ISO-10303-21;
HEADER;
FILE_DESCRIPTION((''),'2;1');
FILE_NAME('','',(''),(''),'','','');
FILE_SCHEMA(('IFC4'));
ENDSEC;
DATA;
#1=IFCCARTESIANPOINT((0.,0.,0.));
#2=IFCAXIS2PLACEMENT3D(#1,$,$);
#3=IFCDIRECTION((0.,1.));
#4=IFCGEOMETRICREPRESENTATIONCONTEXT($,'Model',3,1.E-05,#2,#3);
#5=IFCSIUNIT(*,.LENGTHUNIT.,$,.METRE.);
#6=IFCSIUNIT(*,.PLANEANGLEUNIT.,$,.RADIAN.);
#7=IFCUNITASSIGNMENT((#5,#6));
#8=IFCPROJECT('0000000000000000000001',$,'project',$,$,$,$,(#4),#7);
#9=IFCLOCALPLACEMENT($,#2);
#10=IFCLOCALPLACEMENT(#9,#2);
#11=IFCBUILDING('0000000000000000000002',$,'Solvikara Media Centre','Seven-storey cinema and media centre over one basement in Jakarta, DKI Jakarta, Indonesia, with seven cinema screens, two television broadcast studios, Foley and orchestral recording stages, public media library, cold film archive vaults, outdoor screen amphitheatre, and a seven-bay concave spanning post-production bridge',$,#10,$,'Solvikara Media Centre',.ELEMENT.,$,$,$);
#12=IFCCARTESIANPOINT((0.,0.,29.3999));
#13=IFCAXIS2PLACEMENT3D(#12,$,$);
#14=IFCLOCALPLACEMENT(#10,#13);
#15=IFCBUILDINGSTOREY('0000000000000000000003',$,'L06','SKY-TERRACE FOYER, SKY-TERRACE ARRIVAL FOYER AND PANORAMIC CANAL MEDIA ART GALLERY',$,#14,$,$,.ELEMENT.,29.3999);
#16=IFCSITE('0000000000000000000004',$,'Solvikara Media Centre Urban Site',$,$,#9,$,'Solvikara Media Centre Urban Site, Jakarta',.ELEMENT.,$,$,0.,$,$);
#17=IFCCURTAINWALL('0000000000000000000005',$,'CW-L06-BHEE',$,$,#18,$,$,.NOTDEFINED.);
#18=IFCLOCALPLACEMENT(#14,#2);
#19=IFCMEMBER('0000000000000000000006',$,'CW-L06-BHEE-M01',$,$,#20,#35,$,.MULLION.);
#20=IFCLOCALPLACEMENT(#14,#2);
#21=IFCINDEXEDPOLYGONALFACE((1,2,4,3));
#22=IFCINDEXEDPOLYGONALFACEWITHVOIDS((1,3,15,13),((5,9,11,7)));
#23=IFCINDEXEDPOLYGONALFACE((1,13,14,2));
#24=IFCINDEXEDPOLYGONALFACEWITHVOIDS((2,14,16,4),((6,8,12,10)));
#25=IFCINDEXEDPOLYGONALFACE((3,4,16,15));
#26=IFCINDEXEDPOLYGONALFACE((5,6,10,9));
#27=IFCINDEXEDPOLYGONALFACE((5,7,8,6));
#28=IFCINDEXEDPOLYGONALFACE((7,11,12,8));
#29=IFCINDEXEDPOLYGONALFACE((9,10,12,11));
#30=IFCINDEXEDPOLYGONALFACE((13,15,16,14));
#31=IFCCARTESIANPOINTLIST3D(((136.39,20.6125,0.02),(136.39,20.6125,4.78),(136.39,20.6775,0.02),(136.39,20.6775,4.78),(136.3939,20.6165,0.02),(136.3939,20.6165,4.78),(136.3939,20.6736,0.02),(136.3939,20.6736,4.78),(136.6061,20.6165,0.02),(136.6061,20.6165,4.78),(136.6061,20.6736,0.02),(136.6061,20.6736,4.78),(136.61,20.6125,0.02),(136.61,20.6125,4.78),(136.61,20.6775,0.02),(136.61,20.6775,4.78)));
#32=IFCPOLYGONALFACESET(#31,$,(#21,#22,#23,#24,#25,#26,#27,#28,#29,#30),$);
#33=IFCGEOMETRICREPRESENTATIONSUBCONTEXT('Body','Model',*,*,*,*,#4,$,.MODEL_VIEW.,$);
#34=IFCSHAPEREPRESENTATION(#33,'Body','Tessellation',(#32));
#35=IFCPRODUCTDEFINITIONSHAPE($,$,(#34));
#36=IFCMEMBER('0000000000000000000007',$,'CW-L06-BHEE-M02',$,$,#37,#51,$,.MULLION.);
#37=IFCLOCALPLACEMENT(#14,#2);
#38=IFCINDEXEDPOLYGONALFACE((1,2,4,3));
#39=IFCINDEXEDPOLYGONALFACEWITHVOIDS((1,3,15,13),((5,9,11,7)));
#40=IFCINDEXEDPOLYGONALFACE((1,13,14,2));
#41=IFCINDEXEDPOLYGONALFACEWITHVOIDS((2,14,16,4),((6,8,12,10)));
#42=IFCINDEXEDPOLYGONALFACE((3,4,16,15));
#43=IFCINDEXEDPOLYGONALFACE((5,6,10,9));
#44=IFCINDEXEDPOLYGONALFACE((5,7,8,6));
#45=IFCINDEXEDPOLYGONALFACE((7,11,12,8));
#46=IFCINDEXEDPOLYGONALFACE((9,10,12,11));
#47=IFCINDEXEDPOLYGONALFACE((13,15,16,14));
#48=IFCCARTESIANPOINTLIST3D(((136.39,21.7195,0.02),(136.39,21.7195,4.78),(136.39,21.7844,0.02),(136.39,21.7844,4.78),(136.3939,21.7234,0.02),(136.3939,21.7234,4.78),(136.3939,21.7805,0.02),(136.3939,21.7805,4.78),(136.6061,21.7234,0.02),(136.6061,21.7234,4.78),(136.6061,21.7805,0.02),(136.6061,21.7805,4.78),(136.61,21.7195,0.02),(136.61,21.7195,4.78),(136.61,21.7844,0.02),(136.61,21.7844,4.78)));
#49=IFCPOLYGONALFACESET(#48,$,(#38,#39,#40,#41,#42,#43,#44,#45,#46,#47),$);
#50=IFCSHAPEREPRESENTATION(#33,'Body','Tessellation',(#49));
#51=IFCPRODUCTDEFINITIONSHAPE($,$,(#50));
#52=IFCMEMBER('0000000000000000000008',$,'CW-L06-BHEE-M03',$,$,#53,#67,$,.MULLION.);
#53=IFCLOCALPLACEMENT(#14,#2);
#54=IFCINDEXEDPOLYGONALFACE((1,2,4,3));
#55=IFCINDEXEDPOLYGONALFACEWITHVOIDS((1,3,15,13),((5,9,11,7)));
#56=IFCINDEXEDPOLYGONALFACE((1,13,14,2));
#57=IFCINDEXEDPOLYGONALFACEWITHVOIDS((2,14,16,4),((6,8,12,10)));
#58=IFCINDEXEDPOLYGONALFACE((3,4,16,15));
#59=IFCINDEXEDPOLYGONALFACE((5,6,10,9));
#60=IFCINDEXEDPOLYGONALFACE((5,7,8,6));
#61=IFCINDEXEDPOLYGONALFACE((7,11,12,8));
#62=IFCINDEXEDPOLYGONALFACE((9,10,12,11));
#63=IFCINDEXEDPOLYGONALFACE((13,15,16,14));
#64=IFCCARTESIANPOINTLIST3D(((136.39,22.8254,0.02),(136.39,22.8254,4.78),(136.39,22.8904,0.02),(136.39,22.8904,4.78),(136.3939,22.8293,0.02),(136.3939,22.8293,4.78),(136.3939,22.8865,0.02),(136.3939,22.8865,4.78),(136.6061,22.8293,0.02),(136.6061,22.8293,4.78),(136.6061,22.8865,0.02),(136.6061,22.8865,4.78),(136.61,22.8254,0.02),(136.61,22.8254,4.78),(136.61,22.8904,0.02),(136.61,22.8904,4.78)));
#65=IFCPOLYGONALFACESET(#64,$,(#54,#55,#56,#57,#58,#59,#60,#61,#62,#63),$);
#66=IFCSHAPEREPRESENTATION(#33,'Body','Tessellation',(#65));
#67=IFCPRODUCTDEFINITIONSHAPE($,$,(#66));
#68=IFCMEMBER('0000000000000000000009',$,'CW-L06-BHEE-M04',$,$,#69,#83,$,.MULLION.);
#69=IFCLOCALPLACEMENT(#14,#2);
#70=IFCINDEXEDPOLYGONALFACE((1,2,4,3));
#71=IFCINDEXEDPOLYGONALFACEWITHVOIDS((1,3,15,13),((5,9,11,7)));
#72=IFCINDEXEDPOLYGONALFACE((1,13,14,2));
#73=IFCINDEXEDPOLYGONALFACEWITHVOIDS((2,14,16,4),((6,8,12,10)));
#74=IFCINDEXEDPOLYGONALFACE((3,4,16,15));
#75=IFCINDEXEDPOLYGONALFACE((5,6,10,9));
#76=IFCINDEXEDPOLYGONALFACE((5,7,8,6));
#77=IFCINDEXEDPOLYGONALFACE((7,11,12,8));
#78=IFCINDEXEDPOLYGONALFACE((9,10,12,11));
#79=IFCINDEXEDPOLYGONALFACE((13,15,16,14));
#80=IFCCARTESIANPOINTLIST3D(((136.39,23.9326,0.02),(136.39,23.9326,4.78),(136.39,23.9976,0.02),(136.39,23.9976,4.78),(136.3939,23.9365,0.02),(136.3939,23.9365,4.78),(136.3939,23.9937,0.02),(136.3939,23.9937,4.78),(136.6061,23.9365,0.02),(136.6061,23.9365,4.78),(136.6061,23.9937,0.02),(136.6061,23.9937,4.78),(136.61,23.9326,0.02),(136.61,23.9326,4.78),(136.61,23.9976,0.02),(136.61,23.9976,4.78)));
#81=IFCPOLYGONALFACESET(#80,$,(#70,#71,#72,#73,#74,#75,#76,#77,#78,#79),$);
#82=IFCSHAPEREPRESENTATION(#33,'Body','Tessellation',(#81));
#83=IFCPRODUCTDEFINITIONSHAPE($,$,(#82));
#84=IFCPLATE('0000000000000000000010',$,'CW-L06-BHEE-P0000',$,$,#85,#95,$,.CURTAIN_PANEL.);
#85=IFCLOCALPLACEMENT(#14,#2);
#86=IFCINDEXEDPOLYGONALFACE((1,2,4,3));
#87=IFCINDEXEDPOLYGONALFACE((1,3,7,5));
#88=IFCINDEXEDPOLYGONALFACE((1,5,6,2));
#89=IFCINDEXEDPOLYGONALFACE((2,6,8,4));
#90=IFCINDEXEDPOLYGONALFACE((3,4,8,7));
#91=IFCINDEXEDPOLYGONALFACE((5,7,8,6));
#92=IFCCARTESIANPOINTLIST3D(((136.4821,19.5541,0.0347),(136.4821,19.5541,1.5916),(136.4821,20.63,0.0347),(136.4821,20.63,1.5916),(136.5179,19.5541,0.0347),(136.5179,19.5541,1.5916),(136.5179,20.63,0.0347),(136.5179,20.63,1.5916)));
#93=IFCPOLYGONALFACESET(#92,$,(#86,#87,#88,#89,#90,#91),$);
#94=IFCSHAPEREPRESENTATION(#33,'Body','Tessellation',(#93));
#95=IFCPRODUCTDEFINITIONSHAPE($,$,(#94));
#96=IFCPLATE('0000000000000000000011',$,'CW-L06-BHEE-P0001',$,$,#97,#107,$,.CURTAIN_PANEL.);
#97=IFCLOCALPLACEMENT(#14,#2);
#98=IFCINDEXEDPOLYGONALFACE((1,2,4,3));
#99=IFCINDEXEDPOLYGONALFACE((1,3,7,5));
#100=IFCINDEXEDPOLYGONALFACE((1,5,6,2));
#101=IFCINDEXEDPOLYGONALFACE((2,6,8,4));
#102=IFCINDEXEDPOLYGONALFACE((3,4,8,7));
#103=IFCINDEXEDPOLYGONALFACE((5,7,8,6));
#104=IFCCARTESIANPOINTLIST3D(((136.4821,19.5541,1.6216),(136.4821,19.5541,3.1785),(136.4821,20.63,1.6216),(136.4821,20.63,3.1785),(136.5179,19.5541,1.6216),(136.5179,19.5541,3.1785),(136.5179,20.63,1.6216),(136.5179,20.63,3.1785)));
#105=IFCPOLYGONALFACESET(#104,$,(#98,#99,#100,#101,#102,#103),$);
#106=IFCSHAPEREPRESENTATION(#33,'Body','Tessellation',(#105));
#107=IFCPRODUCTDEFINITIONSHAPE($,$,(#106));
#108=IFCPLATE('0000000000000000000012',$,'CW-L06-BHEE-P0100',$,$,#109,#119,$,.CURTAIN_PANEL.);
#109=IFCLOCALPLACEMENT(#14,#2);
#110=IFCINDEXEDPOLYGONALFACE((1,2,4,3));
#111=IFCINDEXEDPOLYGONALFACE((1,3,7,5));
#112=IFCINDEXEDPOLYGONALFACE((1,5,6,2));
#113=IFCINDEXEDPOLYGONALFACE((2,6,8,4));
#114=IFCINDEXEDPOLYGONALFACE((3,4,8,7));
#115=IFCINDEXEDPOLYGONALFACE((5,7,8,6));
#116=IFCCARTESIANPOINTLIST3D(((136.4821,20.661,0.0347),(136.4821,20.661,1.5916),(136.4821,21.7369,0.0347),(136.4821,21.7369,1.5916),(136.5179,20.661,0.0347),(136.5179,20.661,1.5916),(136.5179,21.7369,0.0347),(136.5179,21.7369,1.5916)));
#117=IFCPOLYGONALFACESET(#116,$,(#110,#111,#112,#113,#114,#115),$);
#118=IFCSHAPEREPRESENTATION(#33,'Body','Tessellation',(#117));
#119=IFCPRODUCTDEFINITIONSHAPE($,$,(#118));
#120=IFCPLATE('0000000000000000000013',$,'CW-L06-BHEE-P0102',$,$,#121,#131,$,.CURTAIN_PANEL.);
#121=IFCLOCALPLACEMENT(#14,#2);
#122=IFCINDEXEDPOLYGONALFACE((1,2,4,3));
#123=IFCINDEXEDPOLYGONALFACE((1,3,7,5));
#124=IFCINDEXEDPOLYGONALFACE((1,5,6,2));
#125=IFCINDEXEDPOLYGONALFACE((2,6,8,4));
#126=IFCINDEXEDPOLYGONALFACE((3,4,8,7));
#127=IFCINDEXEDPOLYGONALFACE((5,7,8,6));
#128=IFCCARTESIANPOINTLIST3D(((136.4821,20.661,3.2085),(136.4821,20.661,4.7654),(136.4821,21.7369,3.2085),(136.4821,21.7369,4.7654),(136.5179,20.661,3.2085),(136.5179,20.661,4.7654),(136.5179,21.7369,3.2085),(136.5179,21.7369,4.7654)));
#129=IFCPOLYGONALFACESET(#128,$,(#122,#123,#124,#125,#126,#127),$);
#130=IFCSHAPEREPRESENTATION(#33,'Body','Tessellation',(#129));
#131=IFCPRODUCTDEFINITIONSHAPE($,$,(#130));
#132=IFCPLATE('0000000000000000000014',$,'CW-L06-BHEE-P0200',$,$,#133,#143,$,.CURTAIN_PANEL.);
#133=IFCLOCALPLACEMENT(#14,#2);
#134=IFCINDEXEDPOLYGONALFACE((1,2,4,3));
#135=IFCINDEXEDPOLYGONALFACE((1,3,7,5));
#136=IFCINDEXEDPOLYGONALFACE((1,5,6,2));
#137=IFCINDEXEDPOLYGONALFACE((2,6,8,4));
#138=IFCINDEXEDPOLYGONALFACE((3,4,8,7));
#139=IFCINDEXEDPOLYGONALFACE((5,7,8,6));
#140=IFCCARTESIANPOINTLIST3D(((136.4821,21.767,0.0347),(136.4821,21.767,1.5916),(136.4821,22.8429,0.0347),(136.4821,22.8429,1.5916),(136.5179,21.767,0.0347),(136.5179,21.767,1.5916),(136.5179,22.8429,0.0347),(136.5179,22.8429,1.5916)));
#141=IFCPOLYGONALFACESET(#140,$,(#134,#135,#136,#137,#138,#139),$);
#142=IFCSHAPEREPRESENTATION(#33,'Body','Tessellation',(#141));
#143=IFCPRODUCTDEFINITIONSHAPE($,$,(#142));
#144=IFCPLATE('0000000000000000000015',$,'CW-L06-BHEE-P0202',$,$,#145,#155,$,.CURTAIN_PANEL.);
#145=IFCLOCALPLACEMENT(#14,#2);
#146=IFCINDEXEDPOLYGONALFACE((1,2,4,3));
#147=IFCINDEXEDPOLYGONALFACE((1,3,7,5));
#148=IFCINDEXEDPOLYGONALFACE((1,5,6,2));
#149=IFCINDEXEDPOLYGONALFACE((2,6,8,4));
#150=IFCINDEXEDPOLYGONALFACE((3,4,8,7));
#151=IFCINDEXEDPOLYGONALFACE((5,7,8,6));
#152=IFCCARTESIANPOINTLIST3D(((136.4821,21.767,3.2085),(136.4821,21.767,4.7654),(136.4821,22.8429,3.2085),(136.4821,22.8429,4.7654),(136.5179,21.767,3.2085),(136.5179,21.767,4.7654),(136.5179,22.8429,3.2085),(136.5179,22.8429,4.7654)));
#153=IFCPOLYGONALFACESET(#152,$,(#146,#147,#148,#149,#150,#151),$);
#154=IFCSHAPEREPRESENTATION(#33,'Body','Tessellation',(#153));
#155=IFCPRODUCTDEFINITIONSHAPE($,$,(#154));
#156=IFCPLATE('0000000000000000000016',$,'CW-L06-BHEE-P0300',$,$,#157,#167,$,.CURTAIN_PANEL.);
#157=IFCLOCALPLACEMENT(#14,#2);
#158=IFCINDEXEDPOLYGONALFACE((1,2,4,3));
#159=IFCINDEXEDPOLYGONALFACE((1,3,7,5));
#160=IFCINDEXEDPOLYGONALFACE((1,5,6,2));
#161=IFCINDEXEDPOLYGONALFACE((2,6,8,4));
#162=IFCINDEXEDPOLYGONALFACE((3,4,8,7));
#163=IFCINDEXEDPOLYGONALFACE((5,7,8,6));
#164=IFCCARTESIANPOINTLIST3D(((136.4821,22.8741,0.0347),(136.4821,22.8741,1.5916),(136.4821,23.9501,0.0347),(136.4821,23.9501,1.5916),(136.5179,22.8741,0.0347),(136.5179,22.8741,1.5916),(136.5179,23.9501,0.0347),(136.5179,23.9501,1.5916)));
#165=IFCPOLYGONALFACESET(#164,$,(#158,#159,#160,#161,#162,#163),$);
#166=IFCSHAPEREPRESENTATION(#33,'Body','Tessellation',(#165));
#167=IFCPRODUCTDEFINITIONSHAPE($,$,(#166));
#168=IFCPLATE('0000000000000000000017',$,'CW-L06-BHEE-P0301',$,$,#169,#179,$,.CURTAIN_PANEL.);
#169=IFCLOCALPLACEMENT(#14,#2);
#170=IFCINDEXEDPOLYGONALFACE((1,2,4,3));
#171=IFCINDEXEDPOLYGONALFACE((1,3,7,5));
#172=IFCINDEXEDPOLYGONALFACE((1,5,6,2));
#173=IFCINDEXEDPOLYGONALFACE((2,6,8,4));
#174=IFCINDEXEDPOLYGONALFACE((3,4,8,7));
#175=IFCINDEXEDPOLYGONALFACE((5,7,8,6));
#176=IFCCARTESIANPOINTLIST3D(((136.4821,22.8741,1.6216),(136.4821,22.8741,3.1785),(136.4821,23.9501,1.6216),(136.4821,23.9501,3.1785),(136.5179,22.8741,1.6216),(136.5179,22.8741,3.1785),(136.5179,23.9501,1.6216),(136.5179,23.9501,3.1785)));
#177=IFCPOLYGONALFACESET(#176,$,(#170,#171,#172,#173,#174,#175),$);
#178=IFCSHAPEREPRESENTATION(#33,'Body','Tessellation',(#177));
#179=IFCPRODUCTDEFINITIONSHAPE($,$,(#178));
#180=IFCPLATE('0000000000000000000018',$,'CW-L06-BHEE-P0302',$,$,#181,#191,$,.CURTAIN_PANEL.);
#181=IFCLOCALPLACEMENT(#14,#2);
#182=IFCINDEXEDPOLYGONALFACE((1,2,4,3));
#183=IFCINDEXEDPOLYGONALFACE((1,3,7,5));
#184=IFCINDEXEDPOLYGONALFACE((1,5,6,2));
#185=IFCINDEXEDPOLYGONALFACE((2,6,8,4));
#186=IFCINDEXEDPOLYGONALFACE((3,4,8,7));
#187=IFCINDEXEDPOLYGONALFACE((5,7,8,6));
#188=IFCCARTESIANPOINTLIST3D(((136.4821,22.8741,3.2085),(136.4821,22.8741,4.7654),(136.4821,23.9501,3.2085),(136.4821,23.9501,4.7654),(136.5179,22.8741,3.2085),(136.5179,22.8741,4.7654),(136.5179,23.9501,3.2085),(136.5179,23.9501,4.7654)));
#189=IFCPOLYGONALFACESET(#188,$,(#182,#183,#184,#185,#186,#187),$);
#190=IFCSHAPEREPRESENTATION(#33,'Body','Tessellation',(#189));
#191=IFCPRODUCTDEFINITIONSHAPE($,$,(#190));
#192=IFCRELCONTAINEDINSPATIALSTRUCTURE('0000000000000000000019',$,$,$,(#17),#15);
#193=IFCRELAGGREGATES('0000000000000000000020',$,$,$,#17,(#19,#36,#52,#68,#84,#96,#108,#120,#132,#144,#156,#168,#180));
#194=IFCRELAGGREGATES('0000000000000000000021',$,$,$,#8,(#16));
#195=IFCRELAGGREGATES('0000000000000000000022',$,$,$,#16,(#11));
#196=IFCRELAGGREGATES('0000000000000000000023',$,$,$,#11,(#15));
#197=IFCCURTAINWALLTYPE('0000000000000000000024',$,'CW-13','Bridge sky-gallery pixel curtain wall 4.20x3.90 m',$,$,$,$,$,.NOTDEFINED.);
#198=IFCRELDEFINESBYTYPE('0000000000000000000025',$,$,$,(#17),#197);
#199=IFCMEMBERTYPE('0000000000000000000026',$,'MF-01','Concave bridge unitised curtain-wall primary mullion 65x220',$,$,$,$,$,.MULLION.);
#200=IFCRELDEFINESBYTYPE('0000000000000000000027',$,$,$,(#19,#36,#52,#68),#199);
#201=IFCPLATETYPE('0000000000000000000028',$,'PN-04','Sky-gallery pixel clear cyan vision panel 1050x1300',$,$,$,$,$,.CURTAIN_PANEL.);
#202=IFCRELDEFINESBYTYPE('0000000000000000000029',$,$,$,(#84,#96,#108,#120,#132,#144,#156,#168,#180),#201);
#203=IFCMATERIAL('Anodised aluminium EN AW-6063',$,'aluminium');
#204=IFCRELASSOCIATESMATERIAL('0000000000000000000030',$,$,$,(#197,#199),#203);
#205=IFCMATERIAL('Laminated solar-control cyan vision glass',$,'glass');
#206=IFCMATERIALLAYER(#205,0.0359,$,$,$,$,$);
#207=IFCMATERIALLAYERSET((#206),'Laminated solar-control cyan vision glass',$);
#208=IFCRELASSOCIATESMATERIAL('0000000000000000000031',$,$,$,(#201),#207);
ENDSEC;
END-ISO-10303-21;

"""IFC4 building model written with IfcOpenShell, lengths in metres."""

from ifc_helpers import new_model, si_unit, direction, frame, origin, origin_2d, place, context, subcontext, project, spatial, rectangle, hollow_rectangle, extrude, material, layer, layer_set, material_profile, profile_set, type_object, element, aggregate, save


model = new_model("IFC4")

# Units and contexts
model_context = context("Model", 3, precision=1e-05, world=origin(), true_north=direction((0.0, 1.0)))
body_context = subcontext(model_context, "Body", "Model", "MODEL_VIEW")
ifc_project = project(units=[si_unit("LENGTHUNIT", "METRE"), si_unit("PLANEANGLEUNIT", "RADIAN")], contexts=[model_context])

# Site, building, storey
site_placement = place(None, origin())
site = spatial("IfcSite", under=ifc_project, at=site_placement, Name="Solvikara Media Centre Urban Site", LongName="Solvikara Media Centre Urban Site, Jakarta", CompositionType="ELEMENT", RefElevation=0.0)
building_placement = place(site_placement, origin())
building = spatial("IfcBuilding", under=site, at=building_placement, Name="Solvikara Media Centre", Description="Seven-storey cinema and media centre over one basement in Jakarta, DKI Jakarta, Indonesia, with seven cinema screens, two television broadcast studios, Foley and orchestral recording stages, public media library, cold film archive vaults, outdoor screen amphitheatre, and a seven-bay concave spanning post-production bridge", LongName="Solvikara Media Centre", CompositionType="ELEMENT")
storey_placement = place(building_placement, frame((0.0, 0.0, 29.3999)))
storey = spatial("IfcBuildingStorey", under=building, at=storey_placement, Name="L06", Description="SKY-TERRACE FOYER, SKY-TERRACE ARRIVAL FOYER AND PANORAMIC CANAL MEDIA ART GALLERY", CompositionType="ELEMENT", Elevation=29.3999)

# Curtain wall, members, plates
ifc_material_1 = material(Name="Anodised aluminium EN AW-6063", Category="aluminium")
curtain_wall_type = type_object("IfcCurtainWallType", Name="CW-13", Description="Bridge sky-gallery pixel curtain wall 4.20x3.90 m", PredefinedType="NOTDEFINED", material=ifc_material_1)
curtain_wall_placement = place(storey_placement, origin())
curtain_wall = element("IfcCurtainWall", 1, at=curtain_wall_placement, inside=storey, type_object=curtain_wall_type, Name="CW-L06-BHEE", PredefinedType="NOTDEFINED")
ifc_material_profile = material_profile(ifc_material_1, hollow_rectangle(XDim=0.0649, YDim=0.22, WallThickness=0.0039, at=origin_2d()), Name="ALU-M 65x220x4")
ifc_profile_set = profile_set([ifc_material_profile], Name="Anodised aluminium EN AW-6063")
member_type = type_object("IfcMemberType", Name="MF-01", Description="Concave bridge unitised curtain-wall primary mullion 65x220", PredefinedType="MULLION", material=ifc_profile_set)
member_1_placement = place(storey_placement, frame((136.5, 20.645, 0.02), z_axis=(0.0, 0.0, 1.0), x_axis=(0.0, 1.0, 0.0)))
member_1 = element("IfcMember", 2, at=member_1_placement, type_object=member_type, Name="CW-L06-BHEE-M01", PredefinedType="MULLION", context=body_context, shape_type="SweptSolid", body=[
    extrude(hollow_rectangle(XDim=0.0649, YDim=0.22, WallThickness=0.0039, at=origin_2d()), origin(), (0.0, 0.0, 1.0), 4.76),
])
member_2_placement = place(storey_placement, frame((136.5, 21.752, 0.02), z_axis=(0.0, 0.0, 1.0), x_axis=(0.0, 1.0, 0.0)))
member_2 = element("IfcMember", 3, at=member_2_placement, type_object=member_type, Name="CW-L06-BHEE-M02", PredefinedType="MULLION", context=body_context, shape_type="SweptSolid", body=[
    extrude(hollow_rectangle(XDim=0.0649, YDim=0.22, WallThickness=0.0039, at=origin_2d()), origin(), (0.0, 0.0, 1.0), 4.76),
])
member_3_placement = place(storey_placement, frame((136.5, 22.8579, 0.02), z_axis=(0.0, 0.0, 1.0), x_axis=(0.0, 1.0, 0.0)))
member_3 = element("IfcMember", 4, at=member_3_placement, type_object=member_type, Name="CW-L06-BHEE-M03", PredefinedType="MULLION", context=body_context, shape_type="SweptSolid", body=[
    extrude(hollow_rectangle(XDim=0.0649, YDim=0.22, WallThickness=0.0039, at=origin_2d()), origin(), (0.0, 0.0, 1.0), 4.76),
])
member_4_placement = place(storey_placement, frame((136.5, 23.9651, 0.02), z_axis=(0.0, 0.0, 1.0), x_axis=(0.0, 1.0, 0.0)))
member_4 = element("IfcMember", 5, at=member_4_placement, type_object=member_type, Name="CW-L06-BHEE-M04", PredefinedType="MULLION", context=body_context, shape_type="SweptSolid", body=[
    extrude(hollow_rectangle(XDim=0.0649, YDim=0.22, WallThickness=0.0039, at=origin_2d()), origin(), (0.0, 0.0, 1.0), 4.76),
])
ifc_material_2 = material(Name="Laminated solar-control cyan vision glass", Category="glass")
ifc_layer_1 = layer(ifc_material_2, 0.0359)
ifc_layer_set_1 = layer_set([ifc_layer_1], Name="Laminated solar-control cyan vision glass")
plate_type_1 = type_object("IfcPlateType", Name="PN-04", Description="Sky-gallery pixel clear cyan vision panel 1050x1300", PredefinedType="CURTAIN_PANEL", material=ifc_layer_set_1)
plate_1_placement = place(storey_placement, frame((136.5, 20.092, 0.0347), z_axis=(0.0, 0.0, 1.0), x_axis=(0.0, 1.0, 0.0)))
plate_1 = element("IfcPlate", 6, at=plate_1_placement, type_object=plate_type_1, Name="CW-L06-BHEE-P0000", PredefinedType="CURTAIN_PANEL", context=body_context, shape_type="SweptSolid", body=[
    extrude(rectangle(XDim=1.0759, YDim=0.0359, at=origin_2d()), origin(), (0.0, 0.0, 1.0), 1.5569),
])
plate_2_placement = place(storey_placement, frame((136.5, 20.092, 1.6216), z_axis=(0.0, 0.0, 1.0), x_axis=(0.0, 1.0, 0.0)))
plate_2 = element("IfcPlate", 7, at=plate_2_placement, type_object=plate_type_1, Name="CW-L06-BHEE-P0001", PredefinedType="CURTAIN_PANEL", context=body_context, shape_type="SweptSolid", body=[
    extrude(rectangle(XDim=1.0759, YDim=0.0359, at=origin_2d()), origin(), (0.0, 0.0, 1.0), 1.5569),
])
plate_3_placement = place(storey_placement, frame((136.5, 21.199, 0.0347), z_axis=(0.0, 0.0, 1.0), x_axis=(0.0, 1.0, 0.0)))
plate_3 = element("IfcPlate", 8, at=plate_3_placement, type_object=plate_type_1, Name="CW-L06-BHEE-P0100", PredefinedType="CURTAIN_PANEL", context=body_context, shape_type="SweptSolid", body=[
    extrude(rectangle(XDim=1.0759, YDim=0.0359, at=origin_2d()), origin(), (0.0, 0.0, 1.0), 1.5569),
])
plate_4_placement = place(storey_placement, frame((136.5, 21.199, 3.2085), z_axis=(0.0, 0.0, 1.0), x_axis=(0.0, 1.0, 0.0)))
plate_4 = element("IfcPlate", 9, at=plate_4_placement, type_object=plate_type_1, Name="CW-L06-BHEE-P0102", PredefinedType="CURTAIN_PANEL", context=body_context, shape_type="SweptSolid", body=[
    extrude(rectangle(XDim=1.0759, YDim=0.0359, at=origin_2d()), origin(), (0.0, 0.0, 1.0), 1.5569),
])
plate_5_placement = place(storey_placement, frame((136.5, 22.3049, 0.0347), z_axis=(0.0, 0.0, 1.0), x_axis=(0.0, 1.0, 0.0)))
plate_5 = element("IfcPlate", 10, at=plate_5_placement, type_object=plate_type_1, Name="CW-L06-BHEE-P0200", PredefinedType="CURTAIN_PANEL", context=body_context, shape_type="SweptSolid", body=[
    extrude(rectangle(XDim=1.0759, YDim=0.0359, at=origin_2d()), origin(), (0.0, 0.0, 1.0), 1.5569),
])
plate_6_placement = place(storey_placement, frame((136.5, 22.3049, 3.2085), z_axis=(0.0, 0.0, 1.0), x_axis=(0.0, 1.0, 0.0)))
plate_6 = element("IfcPlate", 11, at=plate_6_placement, type_object=plate_type_1, Name="CW-L06-BHEE-P0202", PredefinedType="CURTAIN_PANEL", context=body_context, shape_type="SweptSolid", body=[
    extrude(rectangle(XDim=1.0759, YDim=0.0359, at=origin_2d()), origin(), (0.0, 0.0, 1.0), 1.5569),
])
plate_7_placement = place(storey_placement, frame((136.5, 23.4121, 0.0347), z_axis=(0.0, 0.0, 1.0), x_axis=(0.0, 1.0, 0.0)))
plate_7 = element("IfcPlate", 12, at=plate_7_placement, type_object=plate_type_1, Name="CW-L06-BHEE-P0300", PredefinedType="CURTAIN_PANEL", context=body_context, shape_type="SweptSolid", body=[
    extrude(rectangle(XDim=1.0759, YDim=0.0359, at=origin_2d()), origin(), (0.0, 0.0, 1.0), 1.5569),
])
plate_8_placement = place(storey_placement, frame((136.5, 23.4121, 1.6216), z_axis=(0.0, 0.0, 1.0), x_axis=(0.0, 1.0, 0.0)))
plate_8 = element("IfcPlate", 13, at=plate_8_placement, type_object=plate_type_1, Name="CW-L06-BHEE-P0301", PredefinedType="CURTAIN_PANEL", context=body_context, shape_type="SweptSolid", body=[
    extrude(rectangle(XDim=1.0759, YDim=0.0359, at=origin_2d()), origin(), (0.0, 0.0, 1.0), 1.5569),
])
plate_9_placement = place(storey_placement, frame((136.5, 23.4121, 3.2085), z_axis=(0.0, 0.0, 1.0), x_axis=(0.0, 1.0, 0.0)))
plate_9 = element("IfcPlate", 14, at=plate_9_placement, type_object=plate_type_1, Name="CW-L06-BHEE-P0302", PredefinedType="CURTAIN_PANEL", context=body_context, shape_type="SweptSolid", body=[
    extrude(rectangle(XDim=1.0759, YDim=0.0359, at=origin_2d()), origin(), (0.0, 0.0, 1.0), 1.5569),
])
aggregate(curtain_wall, [member_1, member_2, member_3, member_4, plate_1, plate_2, plate_3, plate_4, plate_5, plate_6, plate_7, plate_8, plate_9])

save(model, "model.ifc")
